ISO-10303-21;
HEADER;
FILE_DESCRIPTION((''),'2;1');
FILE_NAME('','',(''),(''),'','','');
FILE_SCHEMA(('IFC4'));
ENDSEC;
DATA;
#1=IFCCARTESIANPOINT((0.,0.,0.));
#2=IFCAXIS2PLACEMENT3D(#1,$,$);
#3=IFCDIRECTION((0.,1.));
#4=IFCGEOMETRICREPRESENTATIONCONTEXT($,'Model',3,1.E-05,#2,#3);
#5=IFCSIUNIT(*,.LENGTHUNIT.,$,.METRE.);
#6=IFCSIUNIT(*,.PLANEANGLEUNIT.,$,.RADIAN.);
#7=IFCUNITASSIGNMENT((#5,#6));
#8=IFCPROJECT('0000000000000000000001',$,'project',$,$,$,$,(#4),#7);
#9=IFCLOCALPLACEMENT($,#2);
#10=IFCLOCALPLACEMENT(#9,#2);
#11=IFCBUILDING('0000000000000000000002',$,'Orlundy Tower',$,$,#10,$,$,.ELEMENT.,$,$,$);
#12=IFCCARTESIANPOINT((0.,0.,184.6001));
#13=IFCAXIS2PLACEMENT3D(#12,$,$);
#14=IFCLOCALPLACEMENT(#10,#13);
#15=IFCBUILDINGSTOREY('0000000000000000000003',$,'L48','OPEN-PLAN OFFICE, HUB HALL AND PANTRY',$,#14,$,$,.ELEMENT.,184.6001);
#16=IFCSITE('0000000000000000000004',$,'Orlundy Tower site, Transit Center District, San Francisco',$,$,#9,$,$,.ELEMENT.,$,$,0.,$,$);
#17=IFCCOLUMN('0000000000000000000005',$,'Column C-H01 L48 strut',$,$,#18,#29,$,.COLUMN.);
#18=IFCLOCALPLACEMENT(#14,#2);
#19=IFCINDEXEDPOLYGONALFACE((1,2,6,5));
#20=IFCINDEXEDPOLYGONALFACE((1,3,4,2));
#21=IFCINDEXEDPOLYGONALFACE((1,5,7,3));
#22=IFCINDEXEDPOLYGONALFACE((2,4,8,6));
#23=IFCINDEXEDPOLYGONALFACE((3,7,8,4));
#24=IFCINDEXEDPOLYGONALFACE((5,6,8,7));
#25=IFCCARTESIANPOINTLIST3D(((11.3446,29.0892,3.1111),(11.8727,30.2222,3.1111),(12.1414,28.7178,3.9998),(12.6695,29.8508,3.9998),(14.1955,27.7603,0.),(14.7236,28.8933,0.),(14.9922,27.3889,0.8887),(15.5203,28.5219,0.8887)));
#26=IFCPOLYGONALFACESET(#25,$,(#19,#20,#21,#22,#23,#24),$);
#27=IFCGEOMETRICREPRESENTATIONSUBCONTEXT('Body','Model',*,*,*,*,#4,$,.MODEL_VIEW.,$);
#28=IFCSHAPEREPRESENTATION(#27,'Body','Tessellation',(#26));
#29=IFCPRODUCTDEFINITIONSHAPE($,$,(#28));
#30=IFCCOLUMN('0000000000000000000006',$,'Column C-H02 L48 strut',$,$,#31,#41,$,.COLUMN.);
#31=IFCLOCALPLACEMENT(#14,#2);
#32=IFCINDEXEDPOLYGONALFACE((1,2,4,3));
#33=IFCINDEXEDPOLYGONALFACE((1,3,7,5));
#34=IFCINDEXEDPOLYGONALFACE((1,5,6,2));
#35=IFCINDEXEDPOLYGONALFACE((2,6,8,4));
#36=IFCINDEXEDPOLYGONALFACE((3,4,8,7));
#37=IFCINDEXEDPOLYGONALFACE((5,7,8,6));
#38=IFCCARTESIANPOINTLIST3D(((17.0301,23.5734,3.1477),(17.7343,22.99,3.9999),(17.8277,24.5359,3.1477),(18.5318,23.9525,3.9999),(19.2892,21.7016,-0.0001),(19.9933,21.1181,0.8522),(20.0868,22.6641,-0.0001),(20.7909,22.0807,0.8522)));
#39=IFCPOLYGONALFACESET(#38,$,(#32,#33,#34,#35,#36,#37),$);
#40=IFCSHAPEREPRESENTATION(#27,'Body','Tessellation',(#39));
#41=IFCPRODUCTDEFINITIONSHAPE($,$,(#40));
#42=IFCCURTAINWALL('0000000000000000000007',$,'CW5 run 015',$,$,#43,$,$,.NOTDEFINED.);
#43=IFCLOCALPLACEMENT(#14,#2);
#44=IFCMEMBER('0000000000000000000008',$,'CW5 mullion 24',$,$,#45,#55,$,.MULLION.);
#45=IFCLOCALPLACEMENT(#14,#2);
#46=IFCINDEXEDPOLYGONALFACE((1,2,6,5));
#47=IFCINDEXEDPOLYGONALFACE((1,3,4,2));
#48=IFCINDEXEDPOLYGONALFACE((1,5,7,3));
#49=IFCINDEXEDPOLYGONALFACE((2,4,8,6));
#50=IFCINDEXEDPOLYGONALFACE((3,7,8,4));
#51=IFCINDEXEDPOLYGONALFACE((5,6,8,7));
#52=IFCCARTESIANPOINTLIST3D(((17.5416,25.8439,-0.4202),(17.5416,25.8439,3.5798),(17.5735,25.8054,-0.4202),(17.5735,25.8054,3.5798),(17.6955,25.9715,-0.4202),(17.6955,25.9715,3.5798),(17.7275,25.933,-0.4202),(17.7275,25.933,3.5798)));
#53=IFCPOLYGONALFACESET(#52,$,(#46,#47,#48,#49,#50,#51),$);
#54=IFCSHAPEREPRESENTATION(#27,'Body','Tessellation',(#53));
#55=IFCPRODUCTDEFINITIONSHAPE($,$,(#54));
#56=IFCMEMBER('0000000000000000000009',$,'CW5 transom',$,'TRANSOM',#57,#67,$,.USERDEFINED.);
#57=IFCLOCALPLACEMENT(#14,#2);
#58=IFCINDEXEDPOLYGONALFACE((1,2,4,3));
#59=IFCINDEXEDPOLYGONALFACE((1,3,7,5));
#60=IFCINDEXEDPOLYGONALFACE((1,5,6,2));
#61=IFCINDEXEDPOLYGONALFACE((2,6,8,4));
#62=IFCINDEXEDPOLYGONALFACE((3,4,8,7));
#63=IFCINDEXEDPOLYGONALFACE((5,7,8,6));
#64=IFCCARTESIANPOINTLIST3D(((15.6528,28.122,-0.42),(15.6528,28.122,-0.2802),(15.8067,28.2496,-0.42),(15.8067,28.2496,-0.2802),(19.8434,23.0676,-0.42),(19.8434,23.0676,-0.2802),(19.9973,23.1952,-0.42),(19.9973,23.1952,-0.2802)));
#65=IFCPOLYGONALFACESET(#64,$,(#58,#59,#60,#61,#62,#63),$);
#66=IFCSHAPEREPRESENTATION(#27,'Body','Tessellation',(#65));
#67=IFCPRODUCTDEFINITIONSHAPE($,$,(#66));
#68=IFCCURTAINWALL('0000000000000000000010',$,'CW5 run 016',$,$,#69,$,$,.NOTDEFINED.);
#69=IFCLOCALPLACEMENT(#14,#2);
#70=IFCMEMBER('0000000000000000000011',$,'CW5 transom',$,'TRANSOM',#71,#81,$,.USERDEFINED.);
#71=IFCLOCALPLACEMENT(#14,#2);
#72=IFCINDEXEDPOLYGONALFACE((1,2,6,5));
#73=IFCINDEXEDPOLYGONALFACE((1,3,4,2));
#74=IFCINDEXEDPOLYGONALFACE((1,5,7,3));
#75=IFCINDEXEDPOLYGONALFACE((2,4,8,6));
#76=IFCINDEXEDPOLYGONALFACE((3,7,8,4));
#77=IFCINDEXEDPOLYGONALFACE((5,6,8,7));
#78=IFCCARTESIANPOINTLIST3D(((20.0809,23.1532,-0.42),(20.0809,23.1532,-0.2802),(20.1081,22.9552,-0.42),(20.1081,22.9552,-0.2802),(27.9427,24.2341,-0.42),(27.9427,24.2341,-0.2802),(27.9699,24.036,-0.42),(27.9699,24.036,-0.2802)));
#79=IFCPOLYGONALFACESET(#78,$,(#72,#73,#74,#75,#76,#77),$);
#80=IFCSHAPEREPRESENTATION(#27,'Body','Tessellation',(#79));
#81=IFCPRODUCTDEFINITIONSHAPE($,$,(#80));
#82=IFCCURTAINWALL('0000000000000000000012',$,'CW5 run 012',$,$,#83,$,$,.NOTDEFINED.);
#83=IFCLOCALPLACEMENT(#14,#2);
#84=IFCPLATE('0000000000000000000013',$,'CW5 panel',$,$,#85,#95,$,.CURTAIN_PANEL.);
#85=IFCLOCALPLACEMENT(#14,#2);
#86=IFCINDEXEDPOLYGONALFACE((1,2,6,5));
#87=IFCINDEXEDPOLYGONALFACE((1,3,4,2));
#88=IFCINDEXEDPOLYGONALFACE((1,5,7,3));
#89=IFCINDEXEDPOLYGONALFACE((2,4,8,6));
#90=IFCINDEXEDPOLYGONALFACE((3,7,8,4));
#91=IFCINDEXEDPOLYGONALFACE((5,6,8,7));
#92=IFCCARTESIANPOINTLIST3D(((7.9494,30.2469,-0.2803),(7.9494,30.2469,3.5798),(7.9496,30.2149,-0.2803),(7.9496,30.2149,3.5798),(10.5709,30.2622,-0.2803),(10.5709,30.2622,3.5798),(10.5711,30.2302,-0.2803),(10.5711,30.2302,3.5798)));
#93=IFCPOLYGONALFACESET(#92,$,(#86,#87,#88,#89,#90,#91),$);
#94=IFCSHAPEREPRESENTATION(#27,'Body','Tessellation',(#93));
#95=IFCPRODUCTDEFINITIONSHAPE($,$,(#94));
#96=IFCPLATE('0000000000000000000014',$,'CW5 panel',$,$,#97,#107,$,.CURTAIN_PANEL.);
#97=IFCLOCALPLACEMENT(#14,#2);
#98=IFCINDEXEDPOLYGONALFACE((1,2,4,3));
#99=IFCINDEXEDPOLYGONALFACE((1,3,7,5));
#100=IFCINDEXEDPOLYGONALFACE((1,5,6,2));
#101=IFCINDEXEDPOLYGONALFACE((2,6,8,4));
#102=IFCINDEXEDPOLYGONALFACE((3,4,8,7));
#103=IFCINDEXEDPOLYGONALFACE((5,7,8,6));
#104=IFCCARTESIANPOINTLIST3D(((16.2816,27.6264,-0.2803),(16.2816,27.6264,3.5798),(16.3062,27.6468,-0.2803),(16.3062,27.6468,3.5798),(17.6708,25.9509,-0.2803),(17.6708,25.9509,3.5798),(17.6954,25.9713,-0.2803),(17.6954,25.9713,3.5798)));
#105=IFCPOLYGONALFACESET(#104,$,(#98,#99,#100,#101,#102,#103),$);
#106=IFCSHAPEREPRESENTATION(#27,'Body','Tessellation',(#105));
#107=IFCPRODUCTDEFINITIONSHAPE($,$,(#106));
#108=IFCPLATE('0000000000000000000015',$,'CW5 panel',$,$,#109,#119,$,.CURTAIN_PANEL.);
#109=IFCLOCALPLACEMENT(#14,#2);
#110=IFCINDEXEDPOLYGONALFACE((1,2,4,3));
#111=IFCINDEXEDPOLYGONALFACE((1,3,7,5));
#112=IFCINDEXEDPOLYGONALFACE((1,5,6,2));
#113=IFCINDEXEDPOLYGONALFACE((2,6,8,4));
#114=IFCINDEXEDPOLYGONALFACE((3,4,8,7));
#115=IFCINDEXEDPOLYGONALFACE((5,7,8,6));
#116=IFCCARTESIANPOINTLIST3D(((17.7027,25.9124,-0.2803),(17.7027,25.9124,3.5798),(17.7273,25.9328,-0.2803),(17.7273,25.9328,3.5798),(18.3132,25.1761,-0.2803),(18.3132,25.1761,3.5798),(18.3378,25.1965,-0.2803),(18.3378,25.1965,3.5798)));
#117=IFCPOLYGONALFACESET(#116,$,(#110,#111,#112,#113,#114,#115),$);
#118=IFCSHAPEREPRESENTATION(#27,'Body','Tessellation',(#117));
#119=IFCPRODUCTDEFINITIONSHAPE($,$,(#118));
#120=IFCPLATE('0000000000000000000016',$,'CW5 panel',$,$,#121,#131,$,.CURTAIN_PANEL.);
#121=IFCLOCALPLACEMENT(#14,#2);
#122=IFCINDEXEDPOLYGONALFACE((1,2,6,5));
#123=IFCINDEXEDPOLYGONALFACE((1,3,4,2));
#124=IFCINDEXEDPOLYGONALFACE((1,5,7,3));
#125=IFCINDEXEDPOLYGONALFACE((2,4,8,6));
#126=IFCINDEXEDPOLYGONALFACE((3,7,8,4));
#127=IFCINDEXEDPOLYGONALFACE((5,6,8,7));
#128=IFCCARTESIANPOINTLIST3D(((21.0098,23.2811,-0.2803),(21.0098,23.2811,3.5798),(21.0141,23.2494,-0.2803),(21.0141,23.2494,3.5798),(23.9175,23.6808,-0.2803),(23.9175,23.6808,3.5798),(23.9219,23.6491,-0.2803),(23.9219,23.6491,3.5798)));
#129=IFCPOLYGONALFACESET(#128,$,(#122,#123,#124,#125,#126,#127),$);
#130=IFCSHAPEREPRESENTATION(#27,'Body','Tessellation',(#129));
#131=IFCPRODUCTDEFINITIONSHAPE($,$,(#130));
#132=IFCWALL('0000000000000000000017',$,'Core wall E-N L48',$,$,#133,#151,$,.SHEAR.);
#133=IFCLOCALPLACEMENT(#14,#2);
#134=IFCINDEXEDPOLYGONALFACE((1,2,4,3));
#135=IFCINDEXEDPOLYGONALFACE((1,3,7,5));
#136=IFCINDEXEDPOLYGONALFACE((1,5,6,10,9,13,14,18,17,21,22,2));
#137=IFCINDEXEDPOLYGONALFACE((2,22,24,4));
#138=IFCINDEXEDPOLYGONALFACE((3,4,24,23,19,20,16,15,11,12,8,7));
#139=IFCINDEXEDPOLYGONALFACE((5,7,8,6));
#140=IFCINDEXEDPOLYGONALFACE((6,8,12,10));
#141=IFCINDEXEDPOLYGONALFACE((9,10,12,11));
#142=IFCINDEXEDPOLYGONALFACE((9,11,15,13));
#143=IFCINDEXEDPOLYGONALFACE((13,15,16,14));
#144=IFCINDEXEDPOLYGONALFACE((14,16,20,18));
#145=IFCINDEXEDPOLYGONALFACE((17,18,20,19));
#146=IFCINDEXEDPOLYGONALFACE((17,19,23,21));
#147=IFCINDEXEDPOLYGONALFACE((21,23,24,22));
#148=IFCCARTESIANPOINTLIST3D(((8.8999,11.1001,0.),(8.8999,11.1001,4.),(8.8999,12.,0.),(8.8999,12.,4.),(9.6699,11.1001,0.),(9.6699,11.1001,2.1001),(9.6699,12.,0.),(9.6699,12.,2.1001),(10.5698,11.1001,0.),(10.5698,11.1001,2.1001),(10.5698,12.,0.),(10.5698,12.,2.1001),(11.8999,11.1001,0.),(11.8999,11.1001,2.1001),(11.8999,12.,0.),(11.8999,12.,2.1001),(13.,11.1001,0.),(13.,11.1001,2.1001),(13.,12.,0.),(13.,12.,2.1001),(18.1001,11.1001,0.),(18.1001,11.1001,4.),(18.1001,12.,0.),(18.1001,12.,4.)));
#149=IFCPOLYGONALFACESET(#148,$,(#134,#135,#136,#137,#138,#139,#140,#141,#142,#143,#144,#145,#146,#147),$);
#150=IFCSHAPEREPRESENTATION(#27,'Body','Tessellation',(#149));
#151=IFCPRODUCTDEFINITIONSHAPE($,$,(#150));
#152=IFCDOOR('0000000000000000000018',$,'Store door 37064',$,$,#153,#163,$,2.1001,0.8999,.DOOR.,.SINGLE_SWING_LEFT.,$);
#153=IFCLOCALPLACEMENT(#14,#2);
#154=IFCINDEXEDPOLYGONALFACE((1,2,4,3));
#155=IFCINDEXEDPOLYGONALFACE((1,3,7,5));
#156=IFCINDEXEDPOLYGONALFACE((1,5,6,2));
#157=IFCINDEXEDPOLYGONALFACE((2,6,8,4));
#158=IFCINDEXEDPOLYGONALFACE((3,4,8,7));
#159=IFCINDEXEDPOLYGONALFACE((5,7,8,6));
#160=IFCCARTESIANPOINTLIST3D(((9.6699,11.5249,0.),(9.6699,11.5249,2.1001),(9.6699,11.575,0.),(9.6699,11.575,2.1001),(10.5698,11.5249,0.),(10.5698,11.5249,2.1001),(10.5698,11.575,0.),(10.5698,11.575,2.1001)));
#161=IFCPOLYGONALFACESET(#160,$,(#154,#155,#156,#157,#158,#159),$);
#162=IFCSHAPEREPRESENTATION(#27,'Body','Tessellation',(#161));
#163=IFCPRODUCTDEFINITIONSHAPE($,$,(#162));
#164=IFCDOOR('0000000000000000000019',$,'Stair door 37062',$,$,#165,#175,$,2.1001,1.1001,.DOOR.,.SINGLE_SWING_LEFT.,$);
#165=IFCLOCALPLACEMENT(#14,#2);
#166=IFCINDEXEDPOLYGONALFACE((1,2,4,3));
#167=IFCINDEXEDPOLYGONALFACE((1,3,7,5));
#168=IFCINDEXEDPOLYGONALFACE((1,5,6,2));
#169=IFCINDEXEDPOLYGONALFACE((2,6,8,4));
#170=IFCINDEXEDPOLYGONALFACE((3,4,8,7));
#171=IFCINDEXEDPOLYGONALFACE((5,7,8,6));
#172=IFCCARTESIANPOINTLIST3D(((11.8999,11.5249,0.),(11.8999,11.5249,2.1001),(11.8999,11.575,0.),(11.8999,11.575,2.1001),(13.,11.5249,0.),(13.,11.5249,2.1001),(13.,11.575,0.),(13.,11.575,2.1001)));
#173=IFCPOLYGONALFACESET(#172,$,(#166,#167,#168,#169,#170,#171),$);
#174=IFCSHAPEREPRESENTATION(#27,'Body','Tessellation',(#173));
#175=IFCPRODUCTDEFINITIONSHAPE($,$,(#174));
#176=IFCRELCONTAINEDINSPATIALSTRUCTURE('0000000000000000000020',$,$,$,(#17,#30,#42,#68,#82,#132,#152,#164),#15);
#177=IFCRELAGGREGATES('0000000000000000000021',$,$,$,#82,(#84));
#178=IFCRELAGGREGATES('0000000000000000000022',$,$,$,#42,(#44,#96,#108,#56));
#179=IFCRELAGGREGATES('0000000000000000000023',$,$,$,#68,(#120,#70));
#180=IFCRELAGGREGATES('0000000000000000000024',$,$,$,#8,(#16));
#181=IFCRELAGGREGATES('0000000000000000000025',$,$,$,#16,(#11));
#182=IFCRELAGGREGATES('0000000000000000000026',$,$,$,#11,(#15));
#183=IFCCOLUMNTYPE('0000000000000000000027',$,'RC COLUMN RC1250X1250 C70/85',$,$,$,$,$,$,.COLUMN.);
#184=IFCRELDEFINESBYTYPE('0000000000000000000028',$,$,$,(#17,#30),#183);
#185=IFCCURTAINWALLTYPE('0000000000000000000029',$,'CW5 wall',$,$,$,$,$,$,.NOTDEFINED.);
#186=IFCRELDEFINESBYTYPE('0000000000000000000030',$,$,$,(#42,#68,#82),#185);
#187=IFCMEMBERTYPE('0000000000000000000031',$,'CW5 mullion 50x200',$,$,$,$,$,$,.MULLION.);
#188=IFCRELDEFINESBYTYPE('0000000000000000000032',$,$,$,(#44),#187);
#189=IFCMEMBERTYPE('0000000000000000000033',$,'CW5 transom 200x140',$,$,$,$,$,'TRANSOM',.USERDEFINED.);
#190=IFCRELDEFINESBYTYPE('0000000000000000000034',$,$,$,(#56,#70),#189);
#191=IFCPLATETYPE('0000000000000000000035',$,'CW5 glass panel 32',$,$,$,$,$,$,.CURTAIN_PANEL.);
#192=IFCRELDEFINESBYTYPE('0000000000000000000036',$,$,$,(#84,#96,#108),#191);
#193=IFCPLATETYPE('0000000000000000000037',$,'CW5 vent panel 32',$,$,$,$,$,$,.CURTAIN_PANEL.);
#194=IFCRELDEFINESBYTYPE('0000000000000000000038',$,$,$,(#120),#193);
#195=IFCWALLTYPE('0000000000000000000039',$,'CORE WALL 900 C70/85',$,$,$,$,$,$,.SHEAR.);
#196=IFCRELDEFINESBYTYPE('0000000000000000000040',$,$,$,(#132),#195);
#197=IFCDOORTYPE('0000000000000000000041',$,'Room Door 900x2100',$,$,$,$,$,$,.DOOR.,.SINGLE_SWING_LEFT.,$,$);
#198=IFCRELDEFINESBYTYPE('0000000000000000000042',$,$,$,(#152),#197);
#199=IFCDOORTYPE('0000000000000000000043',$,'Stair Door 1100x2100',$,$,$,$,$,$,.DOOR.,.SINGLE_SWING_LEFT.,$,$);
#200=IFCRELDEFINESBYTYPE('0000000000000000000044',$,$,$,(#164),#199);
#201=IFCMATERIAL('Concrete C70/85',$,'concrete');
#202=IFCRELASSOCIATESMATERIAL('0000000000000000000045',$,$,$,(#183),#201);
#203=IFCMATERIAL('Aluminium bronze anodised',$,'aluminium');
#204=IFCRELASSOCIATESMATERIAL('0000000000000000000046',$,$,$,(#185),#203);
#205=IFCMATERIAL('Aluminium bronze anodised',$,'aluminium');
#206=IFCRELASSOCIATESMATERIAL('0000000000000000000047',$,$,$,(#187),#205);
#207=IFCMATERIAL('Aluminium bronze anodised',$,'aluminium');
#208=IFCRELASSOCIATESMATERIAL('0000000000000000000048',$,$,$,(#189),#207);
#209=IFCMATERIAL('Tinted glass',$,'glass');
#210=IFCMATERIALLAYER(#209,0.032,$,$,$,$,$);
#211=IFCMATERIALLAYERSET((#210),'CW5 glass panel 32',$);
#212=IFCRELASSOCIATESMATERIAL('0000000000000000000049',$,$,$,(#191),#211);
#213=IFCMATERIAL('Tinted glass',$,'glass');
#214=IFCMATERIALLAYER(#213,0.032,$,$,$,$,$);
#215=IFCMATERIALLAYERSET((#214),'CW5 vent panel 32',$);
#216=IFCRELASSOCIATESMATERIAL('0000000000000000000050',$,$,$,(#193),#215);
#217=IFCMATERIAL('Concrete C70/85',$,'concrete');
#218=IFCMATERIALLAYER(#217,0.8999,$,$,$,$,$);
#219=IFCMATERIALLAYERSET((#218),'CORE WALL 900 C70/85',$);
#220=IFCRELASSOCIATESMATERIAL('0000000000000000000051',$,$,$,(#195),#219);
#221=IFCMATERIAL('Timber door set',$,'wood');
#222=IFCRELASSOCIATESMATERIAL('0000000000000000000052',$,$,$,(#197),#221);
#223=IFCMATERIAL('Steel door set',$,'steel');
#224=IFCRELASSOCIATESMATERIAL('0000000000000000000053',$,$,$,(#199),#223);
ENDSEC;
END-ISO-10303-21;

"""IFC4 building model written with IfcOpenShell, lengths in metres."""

from ifc_helpers import new_model, si_unit, direction, frame, frame_2d, origin, origin_2d, place, context, subcontext, project, spatial, rectangle, extrude, material, layer, layer_set, material_profile, profile_set, type_object, element, fill, aggregate, save


model = new_model("IFC4")

# Units and contexts
model_context = context("Model", 3, precision=1e-05, world=origin(), true_north=direction((0.0, 1.0)))
body_context = subcontext(model_context, "Body", "Model", "MODEL_VIEW")
ifc_project = project(units=[si_unit("LENGTHUNIT", "METRE"), si_unit("PLANEANGLEUNIT", "RADIAN")], contexts=[model_context])

# Site, building, storey
site_placement = place(None, origin())
site = spatial("IfcSite", under=ifc_project, at=site_placement, Name="Orlundy Tower site, Transit Center District, San Francisco", CompositionType="ELEMENT", RefElevation=0.0)
building_placement = place(site_placement, origin())
building = spatial("IfcBuilding", under=site, at=building_placement, Name="Orlundy Tower", CompositionType="ELEMENT")
storey_placement = place(building_placement, frame((0.0, 0.0, 184.6001)))
storey = spatial("IfcBuildingStorey", under=building, at=storey_placement, Name="L48", Description="OPEN-PLAN OFFICE, HUB HALL AND PANTRY", CompositionType="ELEMENT", Elevation=184.6001)

# Columns
ifc_material_1 = material(Name="Concrete C70/85", Category="concrete")
ifc_material_profile_1 = material_profile(ifc_material_1, rectangle(XDim=1.25, YDim=1.25, at=origin_2d()), Name="RC1250X1250")
ifc_profile_set_1 = profile_set([ifc_material_profile_1], Name="Concrete C70/85")
column_type = type_object("IfcColumnType", Name="RC COLUMN RC1250X1250 C70/85", PredefinedType="COLUMN", material=ifc_profile_set_1)
column_1_placement = place(storey_placement, frame((14.8579, 28.1411, 0.4443), z_axis=(-0.644398, 0.300373, 0.703226), x_axis=(-0.422486, -0.906369, 0.0)))
element("IfcColumn", 1, at=column_1_placement, inside=storey, type_object=column_type, Name="Column C-H01 L48 strut", PredefinedType="COLUMN", context=body_context, shape_type="SweptSolid", body=[
    extrude(rectangle(XDim=1.25, YDim=1.25, at=origin_2d()), origin(), (0.0, 0.0, 1.0), 4.4241),
])
column_2_placement = place(storey_placement, frame((20.04, 21.8911, 0.426), z_axis=(-0.525002, 0.435014, 0.73153), x_axis=(-0.638029, -0.770012, 0.0)))
element("IfcColumn", 2, at=column_2_placement, inside=storey, type_object=column_type, Name="Column C-H02 L48 strut", PredefinedType="COLUMN", context=body_context, shape_type="SweptSolid", body=[
    extrude(rectangle(XDim=1.25, YDim=1.25, at=origin_2d()), origin(), (0.0, 0.0, 1.0), 4.303),
])

# Curtain wall, members
ifc_material_2 = material(Name="Aluminium bronze anodised", Category="aluminium")
curtain_wall_type = type_object("IfcCurtainWallType", Name="CW5 wall", PredefinedType="NOTDEFINED", material=ifc_material_2)
curtain_wall_1_placement = place(storey_placement, origin())
curtain_wall_1 = element("IfcCurtainWall", 3, at=curtain_wall_1_placement, inside=storey, type_object=curtain_wall_type, Name="CW5 run 015", PredefinedType="NOTDEFINED")
ifc_material_3 = material(Name="Aluminium bronze anodised", Category="aluminium")
ifc_material_profile_2 = material_profile(ifc_material_3, rectangle(XDim=0.2, YDim=0.05, at=origin_2d()), Name="CW5 mullion 50x200")
ifc_profile_set_2 = profile_set([ifc_material_profile_2], Name="Aluminium bronze anodised")
member_type_1 = type_object("IfcMemberType", Name="CW5 mullion 50x200", PredefinedType="MULLION", material=ifc_profile_set_2)
member_1_placement = place(storey_placement, frame((17.6345, 25.8884, -0.4202), z_axis=(0.0, 0.0, 1.0), x_axis=(0.769823, 0.638257, 0.0)))
member_1 = element("IfcMember", 4, at=member_1_placement, type_object=member_type_1, Name="CW5 mullion 24", PredefinedType="MULLION", context=body_context, shape_type="SweptSolid", body=[
    extrude(rectangle(XDim=0.2, YDim=0.05, at=origin_2d()), origin(), (0.0, 0.0, 1.0), 4.0),
])
ifc_material_4 = material(Name="Aluminium bronze anodised", Category="aluminium")
ifc_material_profile_3 = material_profile(ifc_material_4, rectangle(XDim=0.2, YDim=0.1399, at=origin_2d()), Name="CW5 transom 200x140")
ifc_profile_set_3 = profile_set([ifc_material_profile_3], Name="Aluminium bronze anodised")
member_type_2 = type_object("IfcMemberType", Name="CW5 transom 200x140", ElementType="TRANSOM", PredefinedType="USERDEFINED", material=ifc_profile_set_3)
member_2_placement = place(storey_placement, frame((15.7297, 28.1858, -0.3501), z_axis=(0.638262, -0.769819, 0.0), x_axis=(0.769819, 0.638262, 0.0)))
member_2 = element("IfcMember", 5, at=member_2_placement, type_object=member_type_2, Name="CW5 transom", ObjectType="TRANSOM", PredefinedType="USERDEFINED", context=body_context, shape_type="SweptSolid", body=[
    extrude(rectangle(XDim=0.2, YDim=0.1399, at=origin_2d()), origin(), (0.0, 0.0, 1.0), 6.5657),
])

# Curtain wall, member
curtain_wall_2_placement = place(storey_placement, origin())
curtain_wall_2 = element("IfcCurtainWall", 6, at=curtain_wall_2_placement, inside=storey, type_object=curtain_wall_type, Name="CW5 run 016", PredefinedType="NOTDEFINED")
member_3_placement = place(storey_placement, frame((20.0945, 23.0542, -0.3501), z_axis=(0.990682, 0.136195, 0.0), x_axis=(-0.136195, 0.990682, 0.0)))
member_3 = element("IfcMember", 7, at=member_3_placement, type_object=member_type_2, Name="CW5 transom", ObjectType="TRANSOM", PredefinedType="USERDEFINED", context=body_context, shape_type="SweptSolid", body=[
    extrude(rectangle(XDim=0.2, YDim=0.1399, at=origin_2d()), origin(), (0.0, 0.0, 1.0), 7.9358),
])

# Curtain wall, plate
curtain_wall_3_placement = place(storey_placement, origin())
curtain_wall_3 = element("IfcCurtainWall", 8, at=curtain_wall_3_placement, inside=storey, type_object=curtain_wall_type, Name="CW5 run 012", PredefinedType="NOTDEFINED")
ifc_material_5 = material(Name="Tinted glass", Category="glass")
ifc_layer_1 = layer(ifc_material_5, 0.032)
ifc_layer_set_1 = layer_set([ifc_layer_1], Name="CW5 glass panel 32")
plate_type_1 = type_object("IfcPlateType", Name="CW5 glass panel 32", PredefinedType="CURTAIN_PANEL", material=ifc_layer_set_1)
plate_1_placement = place(storey_placement, frame((9.2603, 30.2385, -0.2803), z_axis=(0.0, 0.0, 1.0), x_axis=(0.999983, 0.005848, 0.0)))
plate_1 = element("IfcPlate", 9, at=plate_1_placement, type_object=plate_type_1, Name="CW5 panel", PredefinedType="CURTAIN_PANEL", context=body_context, shape_type="SweptSolid", body=[
    extrude(rectangle(XDim=2.6216, YDim=0.032, at=origin_2d()), origin(), (0.0, 0.0, 1.0), 3.8601),
])
aggregate(curtain_wall_3, [plate_1])

# Plates
plate_2_placement = place(storey_placement, frame((16.9885, 26.7988, -0.2803), z_axis=(0.0, 0.0, 1.0), x_axis=(0.638257, -0.769823, 0.0)))
plate_2 = element("IfcPlate", 10, at=plate_2_placement, type_object=plate_type_1, Name="CW5 panel", PredefinedType="CURTAIN_PANEL", context=body_context, shape_type="SweptSolid", body=[
    extrude(rectangle(XDim=2.1765, YDim=0.032, at=origin_2d()), origin(), (0.0, 0.0, 1.0), 3.8601),
])
plate_3_placement = place(storey_placement, frame((18.0203, 25.5544, -0.2803), z_axis=(0.0, 0.0, 1.0), x_axis=(0.638257, -0.769823, 0.0)))
plate_3 = element("IfcPlate", 11, at=plate_3_placement, type_object=plate_type_1, Name="CW5 panel", PredefinedType="CURTAIN_PANEL", context=body_context, shape_type="SweptSolid", body=[
    extrude(rectangle(XDim=0.9565, YDim=0.032, at=origin_2d()), origin(), (0.0, 0.0, 1.0), 3.8601),
])
aggregate(curtain_wall_1, [member_1, plate_2, plate_3, member_2])
ifc_material_6 = material(Name="Tinted glass", Category="glass")
ifc_layer_2 = layer(ifc_material_6, 0.032)
ifc_layer_set_2 = layer_set([ifc_layer_2], Name="CW5 vent panel 32")
plate_type_2 = type_object("IfcPlateType", Name="CW5 vent panel 32", PredefinedType="CURTAIN_PANEL", material=ifc_layer_set_2)
plate_4_placement = place(storey_placement, frame((22.4658, 23.4651, -0.2803), z_axis=(0.0, 0.0, 1.0), x_axis=(0.990683, 0.136187, 0.0)))
plate_4 = element("IfcPlate", 12, at=plate_4_placement, type_object=plate_type_2, Name="CW5 panel", PredefinedType="CURTAIN_PANEL", context=body_context, shape_type="SweptSolid", body=[
    extrude(rectangle(XDim=2.9351, YDim=0.032, at=origin_2d()), origin(), (0.0, 0.0, 1.0), 3.8601),
])
aggregate(curtain_wall_2, [plate_4, member_3])

# Wall, openings, doors
ifc_material_7 = material(Name="Concrete C70/85", Category="concrete")
ifc_layer_3 = layer(ifc_material_7, 0.8999)
ifc_layer_set_3 = layer_set([ifc_layer_3], Name="CORE WALL 900 C70/85")
wall_type_1 = type_object("IfcWallType", Name="CORE WALL 900 C70/85", PredefinedType="SHEAR", material=ifc_layer_set_3)
wall_1_placement = place(storey_placement, frame((8.8999, 11.55, 0.0), z_axis=(0.0, 0.0, 1.0), x_axis=(1.0, 0.0, 0.0)))
wall_1 = element("IfcWall", 13, at=wall_1_placement, inside=storey, type_object=wall_type_1, Name="Core wall E-N L48", PredefinedType="SHEAR", context=body_context, shape_type="SweptSolid", body=[
    extrude(rectangle(XDim=9.2002, YDim=0.8999, at=frame_2d((4.6001, 0.0))), origin(), (0.0, 0.0, 1.0), 4.0),
])
opening_1_placement = place(wall_1_placement, frame((3.0, 0.0, 0.0)))
opening_1 = element("IfcOpeningElement", 14, at=opening_1_placement, cuts=wall_1, PredefinedType="OPENING", context=body_context, shape_type="SweptSolid", body=[
    extrude(rectangle(XDim=1.1001, YDim=2.1001, at=frame_2d((0.55, 1.05))), frame((0.0, 0.46, 0.0), z_axis=(0.0, -1.0, 0.0), x_axis=(1.0, 0.0, 0.0)), (0.0, 0.0, 1.0), 0.9199),
])
opening_2_placement = place(wall_1_placement, frame((0.77, 0.0, 0.0)))
opening_2 = element("IfcOpeningElement", 15, at=opening_2_placement, cuts=wall_1, PredefinedType="OPENING", context=body_context, shape_type="SweptSolid", body=[
    extrude(rectangle(XDim=0.8999, YDim=2.1001, at=frame_2d((0.45, 1.05))), frame((0.0, 0.46, 0.0), z_axis=(0.0, -1.0, 0.0), x_axis=(1.0, 0.0, 0.0)), (0.0, 0.0, 1.0), 0.9199),
])
ifc_material_8 = material(Name="Timber door set", Category="wood")
door_type_1 = type_object("IfcDoorType", Name="Room Door 900x2100", OperationType="SINGLE_SWING_LEFT", PredefinedType="DOOR", material=ifc_material_8)
door_1_placement = place(opening_2_placement, origin())
door_1 = element("IfcDoor", 16, at=door_1_placement, inside=storey, type_object=door_type_1, Name="Store door 37064", OperationType="SINGLE_SWING_LEFT", OverallHeight=2.1001, OverallWidth=0.8999, PredefinedType="DOOR", context=body_context, shape_type="SweptSolid", body=[
    extrude(rectangle(XDim=0.8999, YDim=2.1001, at=frame_2d((0.45, 1.05))), frame((0.0, 0.0249, 0.0), z_axis=(0.0, -1.0, 0.0), x_axis=(1.0, 0.0, 0.0)), (0.0, 0.0, 1.0), 0.05),
])
fill(opening_2, door_1)
ifc_material_9 = material(Name="Steel door set", Category="steel")
door_type_2 = type_object("IfcDoorType", Name="Stair Door 1100x2100", OperationType="SINGLE_SWING_LEFT", PredefinedType="DOOR", material=ifc_material_9)
door_2_placement = place(opening_1_placement, origin())
door_2 = element("IfcDoor", 17, at=door_2_placement, inside=storey, type_object=door_type_2, Name="Stair door 37062", OperationType="SINGLE_SWING_LEFT", OverallHeight=2.1001, OverallWidth=1.1001, PredefinedType="DOOR", context=body_context, shape_type="SweptSolid", body=[
    extrude(rectangle(XDim=1.1001, YDim=2.1001, at=frame_2d((0.55, 1.05))), frame((0.0, 0.0249, 0.0), z_axis=(0.0, -1.0, 0.0), x_axis=(1.0, 0.0, 0.0)), (0.0, 0.0, 1.0), 0.05),
])
fill(opening_1, door_2)

save(model, "model.ifc")
